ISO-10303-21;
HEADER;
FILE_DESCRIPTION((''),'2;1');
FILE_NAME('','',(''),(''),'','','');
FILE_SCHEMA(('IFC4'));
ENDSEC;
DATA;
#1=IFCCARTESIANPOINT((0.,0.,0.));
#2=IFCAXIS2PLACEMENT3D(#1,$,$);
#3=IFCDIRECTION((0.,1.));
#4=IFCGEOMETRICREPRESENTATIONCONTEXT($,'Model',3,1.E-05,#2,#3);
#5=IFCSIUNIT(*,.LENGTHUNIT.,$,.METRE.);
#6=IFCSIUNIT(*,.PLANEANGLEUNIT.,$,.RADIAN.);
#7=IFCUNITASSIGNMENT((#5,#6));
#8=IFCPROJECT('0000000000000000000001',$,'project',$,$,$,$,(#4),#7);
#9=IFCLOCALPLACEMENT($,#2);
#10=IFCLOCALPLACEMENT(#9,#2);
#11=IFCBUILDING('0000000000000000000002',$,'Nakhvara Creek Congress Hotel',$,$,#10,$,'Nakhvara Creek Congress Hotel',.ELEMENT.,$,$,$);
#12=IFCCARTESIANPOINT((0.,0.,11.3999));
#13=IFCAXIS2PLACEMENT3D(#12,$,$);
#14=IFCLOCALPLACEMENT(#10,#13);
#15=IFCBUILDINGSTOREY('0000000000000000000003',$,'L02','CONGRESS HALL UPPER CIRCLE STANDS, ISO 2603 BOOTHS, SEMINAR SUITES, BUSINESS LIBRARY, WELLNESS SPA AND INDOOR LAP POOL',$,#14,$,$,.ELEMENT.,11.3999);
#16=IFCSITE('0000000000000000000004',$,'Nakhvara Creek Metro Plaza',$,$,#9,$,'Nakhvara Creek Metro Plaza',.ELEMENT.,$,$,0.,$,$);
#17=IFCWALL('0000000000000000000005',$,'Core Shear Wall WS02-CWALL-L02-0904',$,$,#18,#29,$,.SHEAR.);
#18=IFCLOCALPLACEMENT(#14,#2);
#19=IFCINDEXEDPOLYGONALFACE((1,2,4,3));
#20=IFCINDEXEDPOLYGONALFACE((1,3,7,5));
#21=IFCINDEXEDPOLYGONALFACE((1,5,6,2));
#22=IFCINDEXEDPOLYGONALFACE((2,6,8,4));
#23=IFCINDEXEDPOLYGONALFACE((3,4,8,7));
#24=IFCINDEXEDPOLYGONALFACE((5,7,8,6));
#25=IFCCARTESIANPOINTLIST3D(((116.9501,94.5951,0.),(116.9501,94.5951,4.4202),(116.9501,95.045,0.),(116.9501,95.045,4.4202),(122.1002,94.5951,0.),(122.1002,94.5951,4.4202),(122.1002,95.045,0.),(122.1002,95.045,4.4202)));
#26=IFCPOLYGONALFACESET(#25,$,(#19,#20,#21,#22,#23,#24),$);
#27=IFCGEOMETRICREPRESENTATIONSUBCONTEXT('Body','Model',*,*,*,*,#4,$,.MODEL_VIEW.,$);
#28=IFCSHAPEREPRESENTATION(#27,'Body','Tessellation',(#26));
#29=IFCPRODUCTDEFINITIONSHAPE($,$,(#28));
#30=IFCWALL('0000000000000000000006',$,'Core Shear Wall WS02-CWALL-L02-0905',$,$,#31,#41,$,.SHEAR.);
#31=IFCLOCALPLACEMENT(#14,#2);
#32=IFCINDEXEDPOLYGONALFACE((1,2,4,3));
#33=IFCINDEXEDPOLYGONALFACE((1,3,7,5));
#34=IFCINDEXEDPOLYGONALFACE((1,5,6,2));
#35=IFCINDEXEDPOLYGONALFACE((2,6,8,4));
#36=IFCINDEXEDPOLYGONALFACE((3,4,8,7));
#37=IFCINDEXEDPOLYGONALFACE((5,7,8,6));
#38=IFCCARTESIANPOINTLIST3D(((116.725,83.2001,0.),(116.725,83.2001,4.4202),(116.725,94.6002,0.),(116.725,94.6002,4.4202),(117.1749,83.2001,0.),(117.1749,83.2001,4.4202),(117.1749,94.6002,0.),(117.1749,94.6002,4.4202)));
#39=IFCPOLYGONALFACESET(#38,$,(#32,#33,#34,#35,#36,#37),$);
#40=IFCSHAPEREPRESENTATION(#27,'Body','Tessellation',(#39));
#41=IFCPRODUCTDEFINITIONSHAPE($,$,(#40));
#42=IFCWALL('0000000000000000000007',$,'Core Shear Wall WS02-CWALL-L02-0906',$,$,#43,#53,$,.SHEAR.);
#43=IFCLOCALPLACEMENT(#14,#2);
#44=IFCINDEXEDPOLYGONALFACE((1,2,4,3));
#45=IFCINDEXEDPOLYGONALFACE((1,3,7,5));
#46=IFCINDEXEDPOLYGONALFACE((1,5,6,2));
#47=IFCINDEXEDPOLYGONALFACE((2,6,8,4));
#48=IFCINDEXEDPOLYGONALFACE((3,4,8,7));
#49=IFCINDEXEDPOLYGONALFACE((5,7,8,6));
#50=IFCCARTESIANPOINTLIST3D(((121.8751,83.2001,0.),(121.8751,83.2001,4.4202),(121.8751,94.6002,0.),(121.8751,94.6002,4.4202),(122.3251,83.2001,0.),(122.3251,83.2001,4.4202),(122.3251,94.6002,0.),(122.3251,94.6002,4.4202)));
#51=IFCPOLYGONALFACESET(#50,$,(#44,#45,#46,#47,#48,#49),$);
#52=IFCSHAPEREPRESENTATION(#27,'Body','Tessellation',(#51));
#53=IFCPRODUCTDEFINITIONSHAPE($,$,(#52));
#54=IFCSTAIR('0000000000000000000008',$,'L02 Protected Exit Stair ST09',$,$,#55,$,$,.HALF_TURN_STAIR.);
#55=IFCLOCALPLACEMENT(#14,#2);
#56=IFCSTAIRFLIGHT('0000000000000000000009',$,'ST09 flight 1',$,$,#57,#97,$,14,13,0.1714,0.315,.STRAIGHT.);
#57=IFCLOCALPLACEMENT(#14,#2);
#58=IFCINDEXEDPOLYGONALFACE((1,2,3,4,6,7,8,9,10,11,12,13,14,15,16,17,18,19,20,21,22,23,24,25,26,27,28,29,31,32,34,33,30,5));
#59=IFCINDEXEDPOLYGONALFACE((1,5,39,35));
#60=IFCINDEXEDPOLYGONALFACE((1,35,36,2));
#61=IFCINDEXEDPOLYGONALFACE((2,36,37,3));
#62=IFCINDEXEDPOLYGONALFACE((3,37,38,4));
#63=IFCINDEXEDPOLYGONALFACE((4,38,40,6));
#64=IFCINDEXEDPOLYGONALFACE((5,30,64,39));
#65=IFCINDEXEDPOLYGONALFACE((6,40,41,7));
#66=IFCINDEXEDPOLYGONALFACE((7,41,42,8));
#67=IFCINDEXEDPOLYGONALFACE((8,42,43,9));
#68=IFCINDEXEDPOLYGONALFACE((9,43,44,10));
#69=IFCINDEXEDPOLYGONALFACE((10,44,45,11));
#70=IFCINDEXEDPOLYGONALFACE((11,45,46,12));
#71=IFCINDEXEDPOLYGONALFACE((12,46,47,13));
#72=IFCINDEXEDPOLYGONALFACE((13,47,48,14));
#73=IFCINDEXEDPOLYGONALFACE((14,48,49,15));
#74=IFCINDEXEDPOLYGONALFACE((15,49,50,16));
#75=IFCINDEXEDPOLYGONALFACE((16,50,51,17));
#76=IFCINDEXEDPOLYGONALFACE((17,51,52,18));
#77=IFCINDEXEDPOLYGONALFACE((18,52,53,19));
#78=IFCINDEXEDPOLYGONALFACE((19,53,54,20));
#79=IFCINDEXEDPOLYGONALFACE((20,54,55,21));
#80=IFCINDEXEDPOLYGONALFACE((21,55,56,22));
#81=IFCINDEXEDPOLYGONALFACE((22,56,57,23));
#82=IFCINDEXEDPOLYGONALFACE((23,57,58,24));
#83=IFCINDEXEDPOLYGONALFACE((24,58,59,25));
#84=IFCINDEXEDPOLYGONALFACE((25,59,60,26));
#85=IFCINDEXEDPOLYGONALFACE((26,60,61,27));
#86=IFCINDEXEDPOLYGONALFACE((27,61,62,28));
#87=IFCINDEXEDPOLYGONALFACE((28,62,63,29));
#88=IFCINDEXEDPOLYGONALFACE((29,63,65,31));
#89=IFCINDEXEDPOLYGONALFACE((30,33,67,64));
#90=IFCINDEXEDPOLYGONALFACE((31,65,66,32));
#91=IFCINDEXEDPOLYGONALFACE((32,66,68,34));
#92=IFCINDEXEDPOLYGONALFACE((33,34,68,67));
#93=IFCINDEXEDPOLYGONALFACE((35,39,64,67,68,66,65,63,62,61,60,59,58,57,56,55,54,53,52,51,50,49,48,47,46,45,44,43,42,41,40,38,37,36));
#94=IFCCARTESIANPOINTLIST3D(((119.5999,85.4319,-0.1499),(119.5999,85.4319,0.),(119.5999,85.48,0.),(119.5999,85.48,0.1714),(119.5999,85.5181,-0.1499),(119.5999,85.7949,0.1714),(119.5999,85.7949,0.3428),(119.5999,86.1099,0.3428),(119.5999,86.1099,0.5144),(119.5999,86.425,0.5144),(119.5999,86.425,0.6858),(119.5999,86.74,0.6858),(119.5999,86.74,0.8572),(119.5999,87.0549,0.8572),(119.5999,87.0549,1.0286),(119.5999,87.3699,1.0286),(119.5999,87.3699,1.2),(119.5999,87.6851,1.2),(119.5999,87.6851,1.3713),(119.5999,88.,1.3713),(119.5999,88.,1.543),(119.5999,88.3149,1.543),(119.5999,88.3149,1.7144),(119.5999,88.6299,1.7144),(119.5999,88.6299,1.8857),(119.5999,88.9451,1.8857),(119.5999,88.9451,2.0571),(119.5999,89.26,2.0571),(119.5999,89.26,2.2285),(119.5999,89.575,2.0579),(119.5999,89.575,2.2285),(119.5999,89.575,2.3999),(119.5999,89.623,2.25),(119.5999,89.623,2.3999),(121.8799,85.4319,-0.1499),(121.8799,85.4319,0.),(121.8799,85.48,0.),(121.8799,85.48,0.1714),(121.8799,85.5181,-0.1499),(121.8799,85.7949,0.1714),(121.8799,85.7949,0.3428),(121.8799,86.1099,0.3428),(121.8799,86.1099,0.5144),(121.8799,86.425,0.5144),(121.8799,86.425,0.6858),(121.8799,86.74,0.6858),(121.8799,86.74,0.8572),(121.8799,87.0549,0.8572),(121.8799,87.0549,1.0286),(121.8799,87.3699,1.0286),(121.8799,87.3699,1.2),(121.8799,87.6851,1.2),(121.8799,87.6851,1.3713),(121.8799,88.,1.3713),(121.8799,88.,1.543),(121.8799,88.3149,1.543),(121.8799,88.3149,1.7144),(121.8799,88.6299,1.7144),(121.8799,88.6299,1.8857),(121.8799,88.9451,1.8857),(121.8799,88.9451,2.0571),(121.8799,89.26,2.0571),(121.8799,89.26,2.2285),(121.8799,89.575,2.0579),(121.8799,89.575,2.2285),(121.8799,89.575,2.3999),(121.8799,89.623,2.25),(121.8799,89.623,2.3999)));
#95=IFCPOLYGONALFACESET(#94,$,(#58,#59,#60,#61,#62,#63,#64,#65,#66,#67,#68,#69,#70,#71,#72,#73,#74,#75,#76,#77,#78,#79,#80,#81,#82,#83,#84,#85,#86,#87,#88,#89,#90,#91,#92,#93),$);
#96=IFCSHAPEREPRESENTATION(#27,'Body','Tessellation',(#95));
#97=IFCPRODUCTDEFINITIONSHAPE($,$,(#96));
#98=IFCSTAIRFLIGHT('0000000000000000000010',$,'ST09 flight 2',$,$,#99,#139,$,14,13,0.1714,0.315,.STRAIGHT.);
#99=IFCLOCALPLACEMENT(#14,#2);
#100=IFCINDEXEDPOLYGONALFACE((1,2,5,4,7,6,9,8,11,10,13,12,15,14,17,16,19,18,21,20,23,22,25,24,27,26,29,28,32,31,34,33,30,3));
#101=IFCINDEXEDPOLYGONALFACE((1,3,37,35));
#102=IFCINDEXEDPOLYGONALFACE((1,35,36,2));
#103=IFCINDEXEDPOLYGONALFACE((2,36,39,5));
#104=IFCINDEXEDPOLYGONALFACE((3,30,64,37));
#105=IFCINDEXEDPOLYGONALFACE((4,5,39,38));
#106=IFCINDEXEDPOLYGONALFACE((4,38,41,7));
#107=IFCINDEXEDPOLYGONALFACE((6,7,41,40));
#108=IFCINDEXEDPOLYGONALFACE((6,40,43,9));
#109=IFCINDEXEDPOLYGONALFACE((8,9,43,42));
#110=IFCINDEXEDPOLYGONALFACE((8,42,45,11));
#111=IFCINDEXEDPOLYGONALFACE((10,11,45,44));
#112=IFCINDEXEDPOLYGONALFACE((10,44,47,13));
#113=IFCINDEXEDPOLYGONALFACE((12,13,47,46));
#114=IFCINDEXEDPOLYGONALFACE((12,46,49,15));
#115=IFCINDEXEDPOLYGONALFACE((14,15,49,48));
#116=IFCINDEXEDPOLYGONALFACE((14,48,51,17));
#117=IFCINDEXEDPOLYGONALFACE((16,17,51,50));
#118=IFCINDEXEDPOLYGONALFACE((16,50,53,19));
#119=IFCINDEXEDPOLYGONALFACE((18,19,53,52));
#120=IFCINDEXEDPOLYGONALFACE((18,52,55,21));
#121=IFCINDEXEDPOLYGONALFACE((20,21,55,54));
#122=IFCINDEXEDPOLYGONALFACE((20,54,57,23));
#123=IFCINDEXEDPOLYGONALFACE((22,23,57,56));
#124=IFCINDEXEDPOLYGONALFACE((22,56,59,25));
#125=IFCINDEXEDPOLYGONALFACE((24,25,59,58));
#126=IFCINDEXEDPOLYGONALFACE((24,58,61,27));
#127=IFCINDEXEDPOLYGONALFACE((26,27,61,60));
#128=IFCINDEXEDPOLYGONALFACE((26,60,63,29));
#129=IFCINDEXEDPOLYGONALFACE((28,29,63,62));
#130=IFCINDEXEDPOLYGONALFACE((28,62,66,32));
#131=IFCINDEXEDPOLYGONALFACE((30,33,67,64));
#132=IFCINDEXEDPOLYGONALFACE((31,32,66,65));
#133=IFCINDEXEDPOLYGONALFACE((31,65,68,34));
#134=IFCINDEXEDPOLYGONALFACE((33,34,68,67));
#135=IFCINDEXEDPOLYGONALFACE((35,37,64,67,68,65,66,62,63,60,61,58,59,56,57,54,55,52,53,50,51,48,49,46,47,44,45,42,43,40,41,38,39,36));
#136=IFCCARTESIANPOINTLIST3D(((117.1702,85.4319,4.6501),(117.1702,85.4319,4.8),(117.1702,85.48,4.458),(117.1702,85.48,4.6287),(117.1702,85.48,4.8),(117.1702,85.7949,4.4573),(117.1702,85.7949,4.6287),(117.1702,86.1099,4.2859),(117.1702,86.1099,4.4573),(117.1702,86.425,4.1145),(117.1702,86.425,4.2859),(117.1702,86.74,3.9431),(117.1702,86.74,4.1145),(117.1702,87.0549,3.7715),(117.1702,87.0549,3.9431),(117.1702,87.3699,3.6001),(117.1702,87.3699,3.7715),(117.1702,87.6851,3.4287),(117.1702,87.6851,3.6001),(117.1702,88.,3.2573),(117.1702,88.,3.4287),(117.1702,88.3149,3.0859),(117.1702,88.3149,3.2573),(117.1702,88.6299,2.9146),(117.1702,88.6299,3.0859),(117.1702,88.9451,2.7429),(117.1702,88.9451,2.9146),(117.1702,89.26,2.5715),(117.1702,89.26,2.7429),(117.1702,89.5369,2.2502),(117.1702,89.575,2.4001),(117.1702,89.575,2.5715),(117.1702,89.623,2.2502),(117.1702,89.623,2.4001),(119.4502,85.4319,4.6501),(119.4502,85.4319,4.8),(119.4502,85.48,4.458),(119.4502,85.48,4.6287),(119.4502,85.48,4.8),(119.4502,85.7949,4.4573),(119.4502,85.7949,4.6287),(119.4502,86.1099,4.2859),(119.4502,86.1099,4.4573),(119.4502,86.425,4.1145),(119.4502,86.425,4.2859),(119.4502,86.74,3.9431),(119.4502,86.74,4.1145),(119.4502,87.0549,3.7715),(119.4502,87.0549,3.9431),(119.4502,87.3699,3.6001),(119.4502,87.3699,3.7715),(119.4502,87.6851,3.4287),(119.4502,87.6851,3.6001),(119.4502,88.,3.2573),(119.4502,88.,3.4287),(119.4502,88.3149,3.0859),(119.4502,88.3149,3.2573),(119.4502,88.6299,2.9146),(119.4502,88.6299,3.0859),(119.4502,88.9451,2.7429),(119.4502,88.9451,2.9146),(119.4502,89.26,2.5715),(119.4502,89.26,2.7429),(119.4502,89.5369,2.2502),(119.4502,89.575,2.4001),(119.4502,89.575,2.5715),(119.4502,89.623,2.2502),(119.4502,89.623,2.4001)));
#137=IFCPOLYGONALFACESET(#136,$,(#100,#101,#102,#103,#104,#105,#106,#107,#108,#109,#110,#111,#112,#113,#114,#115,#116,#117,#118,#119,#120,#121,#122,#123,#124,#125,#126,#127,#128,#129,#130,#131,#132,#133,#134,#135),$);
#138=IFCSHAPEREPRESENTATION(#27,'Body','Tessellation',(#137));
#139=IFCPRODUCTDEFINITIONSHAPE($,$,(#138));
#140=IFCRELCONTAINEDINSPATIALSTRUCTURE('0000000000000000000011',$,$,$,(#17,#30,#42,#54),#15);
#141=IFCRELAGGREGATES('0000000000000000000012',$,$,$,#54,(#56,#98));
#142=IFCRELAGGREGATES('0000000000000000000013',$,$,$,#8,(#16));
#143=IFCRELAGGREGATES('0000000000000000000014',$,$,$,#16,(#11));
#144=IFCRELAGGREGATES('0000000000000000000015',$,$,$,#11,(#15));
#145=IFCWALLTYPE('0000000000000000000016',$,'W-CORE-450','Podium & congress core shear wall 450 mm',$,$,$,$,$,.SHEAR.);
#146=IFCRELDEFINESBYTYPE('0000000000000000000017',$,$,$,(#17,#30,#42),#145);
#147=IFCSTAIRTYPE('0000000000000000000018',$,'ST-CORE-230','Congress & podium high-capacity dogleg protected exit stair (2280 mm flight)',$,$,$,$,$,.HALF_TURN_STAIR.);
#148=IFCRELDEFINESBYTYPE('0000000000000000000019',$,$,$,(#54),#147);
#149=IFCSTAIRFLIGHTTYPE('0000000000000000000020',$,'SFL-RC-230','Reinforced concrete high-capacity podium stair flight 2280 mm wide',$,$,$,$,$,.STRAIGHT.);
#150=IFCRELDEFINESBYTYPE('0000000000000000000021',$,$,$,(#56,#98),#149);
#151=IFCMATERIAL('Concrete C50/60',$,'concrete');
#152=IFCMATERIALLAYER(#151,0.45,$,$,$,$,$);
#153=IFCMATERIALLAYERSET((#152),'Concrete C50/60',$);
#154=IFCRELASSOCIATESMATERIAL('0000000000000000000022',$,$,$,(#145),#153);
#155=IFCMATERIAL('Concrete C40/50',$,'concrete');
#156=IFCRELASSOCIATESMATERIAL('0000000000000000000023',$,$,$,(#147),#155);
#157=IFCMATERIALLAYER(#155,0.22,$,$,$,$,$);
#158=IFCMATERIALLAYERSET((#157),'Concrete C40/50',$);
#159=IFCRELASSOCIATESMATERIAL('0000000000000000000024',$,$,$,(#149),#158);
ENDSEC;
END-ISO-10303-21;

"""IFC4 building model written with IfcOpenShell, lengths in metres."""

from ifc_helpers import new_model, si_unit, direction, frame, frame_2d, origin, place, context, subcontext, project, spatial, polyline, rectangle, outline, extrude, material, layer, layer_set, type_object, element, aggregate, save


model = new_model("IFC4")

# Units and contexts
model_context = context("Model", 3, precision=1e-05, world=origin(), true_north=direction((0.0, 1.0)))
body_context = subcontext(model_context, "Body", "Model", "MODEL_VIEW")
ifc_project = project(units=[si_unit("LENGTHUNIT", "METRE"), si_unit("PLANEANGLEUNIT", "RADIAN")], contexts=[model_context])

# Site, building, storey
site_placement = place(None, origin())
site = spatial("IfcSite", under=ifc_project, at=site_placement, Name="Nakhvara Creek Metro Plaza", LongName="Nakhvara Creek Metro Plaza", CompositionType="ELEMENT", RefElevation=0.0)
building_placement = place(site_placement, origin())
building = spatial("IfcBuilding", under=site, at=building_placement, Name="Nakhvara Creek Congress Hotel", LongName="Nakhvara Creek Congress Hotel", CompositionType="ELEMENT")
storey_placement = place(building_placement, frame((0.0, 0.0, 11.3999)))
storey = spatial("IfcBuildingStorey", under=building, at=storey_placement, Name="L02", Description="CONGRESS HALL UPPER CIRCLE STANDS, ISO 2603 BOOTHS, SEMINAR SUITES, BUSINESS LIBRARY, WELLNESS SPA AND INDOOR LAP POOL", CompositionType="ELEMENT", Elevation=11.3999)

# Shared definitions
ifc_material_1 = material(Name="Concrete C50/60", Category="concrete")

# Walls
ifc_layer_1 = layer(ifc_material_1, 0.45)
ifc_layer_set_1 = layer_set([ifc_layer_1], Name="Concrete C50/60")
wall_type = type_object("IfcWallType", Name="W-CORE-450", Description="Podium & congress core shear wall 450 mm", PredefinedType="SHEAR", material=ifc_layer_set_1)
wall_placement = place(storey_placement, frame((116.95, 94.8201, 0.0), z_axis=(0.0, 0.0, 1.0), x_axis=(1.0, 0.0, 0.0)))
element("IfcWall", 1, at=wall_placement, inside=storey, type_object=wall_type, Name="Core Shear Wall WS02-CWALL-L02-0904", PredefinedType="SHEAR", context=body_context, shape_type="SweptSolid", body=[
    extrude(rectangle(XDim=5.1501, YDim=0.45, at=frame_2d((2.5752, 0.0))), origin(), (0.0, 0.0, 1.0), 4.4202),
])
for number, where, z_axis, x_axis, name in (
    (2, (116.95, 83.2, 0.0), (0.0, 0.0, 1.0), (0.0, 1.0, 0.0), "Core Shear Wall WS02-CWALL-L02-0905"),
    (3, (122.1001, 83.2, 0.0), (0.0, 0.0, 1.0), (0.0, 1.0, 0.0), "Core Shear Wall WS02-CWALL-L02-0906"),
):
    element("IfcWall", number, at=place(storey_placement, frame(where, z_axis=z_axis, x_axis=x_axis)), inside=storey, type_object=wall_type, Name=name, PredefinedType="SHEAR", context=body_context, shape_type="SweptSolid", body=[
        extrude(rectangle(XDim=11.4001, YDim=0.45, at=frame_2d((5.7002, 0.0))), origin(), (0.0, 0.0, 1.0), 4.4202),
    ])

# Stair, stair flights
ifc_material_2 = material(Name="Concrete C40/50", Category="concrete")
stair_type = type_object("IfcStairType", Name="ST-CORE-230", Description="Congress & podium high-capacity dogleg protected exit stair (2280 mm flight)", PredefinedType="HALF_TURN_STAIR", material=ifc_material_2)
stair_placement = place(storey_placement, origin())
stair = element("IfcStair", 4, at=stair_placement, inside=storey, type_object=stair_type, Name="L02 Protected Exit Stair ST09", PredefinedType="HALF_TURN_STAIR")
ifc_layer_2 = layer(ifc_material_2, 0.22)
ifc_layer_set_2 = layer_set([ifc_layer_2], Name="Concrete C40/50")
stair_flight_type = type_object("IfcStairFlightType", Name="SFL-RC-230", Description="Reinforced concrete high-capacity podium stair flight 2280 mm wide", PredefinedType="STRAIGHT", material=ifc_layer_set_2)
stair_flight_1_placement = place(storey_placement, frame((120.74, 85.48, 0.0), z_axis=(0.0, 0.0, 1.0), x_axis=(0.0, 1.0, 0.0)))
stair_flight_1 = element("IfcStairFlight", 5, at=stair_flight_1_placement, type_object=stair_flight_type, Name="ST09 flight 1", NumberOfRisers=14, NumberOfTreads=13, PredefinedType="STRAIGHT", RiserHeight=0.1714, TreadLength=0.315, context=body_context, shape_type="SweptSolid", body=[
    extrude(outline(polyline([(-0.0481, 0.0), (0.0, 0.0), (0.0, 0.1714), (0.3149, 0.1714), (0.3149, 0.3428), (0.6299, 0.3428), (0.6299, 0.5144), (0.9451, 0.5144), (0.9451, 0.6858), (1.26, 0.6858), (1.26, 0.8572), (1.575, 0.8572), (1.575, 1.0286), (1.8899, 1.0286), (1.8899, 1.2), (2.2051, 1.2), (2.2051, 1.3713), (2.52, 1.3713), (2.52, 1.543), (2.835, 1.543), (2.835, 1.7144), (3.1499, 1.7144), (3.1499, 1.8857), (3.4651, 1.8857), (3.4651, 2.0571), (3.78, 2.0571), (3.78, 2.2285), (4.095, 2.2285), (4.095, 2.3999), (4.1431, 2.3999), (4.1431, 2.25), (4.095, 2.0579), (0.0381, -0.1499), (-0.0481, -0.1499), (-0.0481, 0.0)])), frame((0.0, 1.1401, 0.0), z_axis=(0.0, -1.0, 0.0), x_axis=(1.0, 0.0, 0.0)), (0.0, 0.0, 1.0), 2.28),
])
stair_flight_2_placement = place(storey_placement, frame((118.3101, 89.575, 2.4001), z_axis=(0.0, 0.0, 1.0), x_axis=(0.0, -1.0, 0.0)))
stair_flight_2 = element("IfcStairFlight", 6, at=stair_flight_2_placement, type_object=stair_flight_type, Name="ST09 flight 2", NumberOfRisers=14, NumberOfTreads=13, PredefinedType="STRAIGHT", RiserHeight=0.1714, TreadLength=0.315, context=body_context, shape_type="SweptSolid", body=[
    extrude(outline(polyline([(-0.0481, 0.0), (0.0, 0.0), (0.0, 0.1714), (0.3149, 0.1714), (0.3149, 0.3428), (0.6299, 0.3428), (0.6299, 0.5144), (0.9451, 0.5144), (0.9451, 0.6858), (1.26, 0.6858), (1.26, 0.8572), (1.575, 0.8572), (1.575, 1.0286), (1.8899, 1.0286), (1.8899, 1.2), (2.2051, 1.2), (2.2051, 1.3713), (2.52, 1.3713), (2.52, 1.543), (2.835, 1.543), (2.835, 1.7144), (3.1499, 1.7144), (3.1499, 1.8857), (3.4651, 1.8857), (3.4651, 2.0571), (3.78, 2.0571), (3.78, 2.2285), (4.095, 2.2285), (4.095, 2.3999), (4.1431, 2.3999), (4.1431, 2.25), (4.095, 2.0579), (0.0381, -0.1499), (-0.0481, -0.1499), (-0.0481, 0.0)])), frame((0.0, 1.1401, 0.0), z_axis=(0.0, -1.0, 0.0), x_axis=(1.0, 0.0, 0.0)), (0.0, 0.0, 1.0), 2.28),
])
aggregate(stair, [stair_flight_1, stair_flight_2])

save(model, "model.ifc")
